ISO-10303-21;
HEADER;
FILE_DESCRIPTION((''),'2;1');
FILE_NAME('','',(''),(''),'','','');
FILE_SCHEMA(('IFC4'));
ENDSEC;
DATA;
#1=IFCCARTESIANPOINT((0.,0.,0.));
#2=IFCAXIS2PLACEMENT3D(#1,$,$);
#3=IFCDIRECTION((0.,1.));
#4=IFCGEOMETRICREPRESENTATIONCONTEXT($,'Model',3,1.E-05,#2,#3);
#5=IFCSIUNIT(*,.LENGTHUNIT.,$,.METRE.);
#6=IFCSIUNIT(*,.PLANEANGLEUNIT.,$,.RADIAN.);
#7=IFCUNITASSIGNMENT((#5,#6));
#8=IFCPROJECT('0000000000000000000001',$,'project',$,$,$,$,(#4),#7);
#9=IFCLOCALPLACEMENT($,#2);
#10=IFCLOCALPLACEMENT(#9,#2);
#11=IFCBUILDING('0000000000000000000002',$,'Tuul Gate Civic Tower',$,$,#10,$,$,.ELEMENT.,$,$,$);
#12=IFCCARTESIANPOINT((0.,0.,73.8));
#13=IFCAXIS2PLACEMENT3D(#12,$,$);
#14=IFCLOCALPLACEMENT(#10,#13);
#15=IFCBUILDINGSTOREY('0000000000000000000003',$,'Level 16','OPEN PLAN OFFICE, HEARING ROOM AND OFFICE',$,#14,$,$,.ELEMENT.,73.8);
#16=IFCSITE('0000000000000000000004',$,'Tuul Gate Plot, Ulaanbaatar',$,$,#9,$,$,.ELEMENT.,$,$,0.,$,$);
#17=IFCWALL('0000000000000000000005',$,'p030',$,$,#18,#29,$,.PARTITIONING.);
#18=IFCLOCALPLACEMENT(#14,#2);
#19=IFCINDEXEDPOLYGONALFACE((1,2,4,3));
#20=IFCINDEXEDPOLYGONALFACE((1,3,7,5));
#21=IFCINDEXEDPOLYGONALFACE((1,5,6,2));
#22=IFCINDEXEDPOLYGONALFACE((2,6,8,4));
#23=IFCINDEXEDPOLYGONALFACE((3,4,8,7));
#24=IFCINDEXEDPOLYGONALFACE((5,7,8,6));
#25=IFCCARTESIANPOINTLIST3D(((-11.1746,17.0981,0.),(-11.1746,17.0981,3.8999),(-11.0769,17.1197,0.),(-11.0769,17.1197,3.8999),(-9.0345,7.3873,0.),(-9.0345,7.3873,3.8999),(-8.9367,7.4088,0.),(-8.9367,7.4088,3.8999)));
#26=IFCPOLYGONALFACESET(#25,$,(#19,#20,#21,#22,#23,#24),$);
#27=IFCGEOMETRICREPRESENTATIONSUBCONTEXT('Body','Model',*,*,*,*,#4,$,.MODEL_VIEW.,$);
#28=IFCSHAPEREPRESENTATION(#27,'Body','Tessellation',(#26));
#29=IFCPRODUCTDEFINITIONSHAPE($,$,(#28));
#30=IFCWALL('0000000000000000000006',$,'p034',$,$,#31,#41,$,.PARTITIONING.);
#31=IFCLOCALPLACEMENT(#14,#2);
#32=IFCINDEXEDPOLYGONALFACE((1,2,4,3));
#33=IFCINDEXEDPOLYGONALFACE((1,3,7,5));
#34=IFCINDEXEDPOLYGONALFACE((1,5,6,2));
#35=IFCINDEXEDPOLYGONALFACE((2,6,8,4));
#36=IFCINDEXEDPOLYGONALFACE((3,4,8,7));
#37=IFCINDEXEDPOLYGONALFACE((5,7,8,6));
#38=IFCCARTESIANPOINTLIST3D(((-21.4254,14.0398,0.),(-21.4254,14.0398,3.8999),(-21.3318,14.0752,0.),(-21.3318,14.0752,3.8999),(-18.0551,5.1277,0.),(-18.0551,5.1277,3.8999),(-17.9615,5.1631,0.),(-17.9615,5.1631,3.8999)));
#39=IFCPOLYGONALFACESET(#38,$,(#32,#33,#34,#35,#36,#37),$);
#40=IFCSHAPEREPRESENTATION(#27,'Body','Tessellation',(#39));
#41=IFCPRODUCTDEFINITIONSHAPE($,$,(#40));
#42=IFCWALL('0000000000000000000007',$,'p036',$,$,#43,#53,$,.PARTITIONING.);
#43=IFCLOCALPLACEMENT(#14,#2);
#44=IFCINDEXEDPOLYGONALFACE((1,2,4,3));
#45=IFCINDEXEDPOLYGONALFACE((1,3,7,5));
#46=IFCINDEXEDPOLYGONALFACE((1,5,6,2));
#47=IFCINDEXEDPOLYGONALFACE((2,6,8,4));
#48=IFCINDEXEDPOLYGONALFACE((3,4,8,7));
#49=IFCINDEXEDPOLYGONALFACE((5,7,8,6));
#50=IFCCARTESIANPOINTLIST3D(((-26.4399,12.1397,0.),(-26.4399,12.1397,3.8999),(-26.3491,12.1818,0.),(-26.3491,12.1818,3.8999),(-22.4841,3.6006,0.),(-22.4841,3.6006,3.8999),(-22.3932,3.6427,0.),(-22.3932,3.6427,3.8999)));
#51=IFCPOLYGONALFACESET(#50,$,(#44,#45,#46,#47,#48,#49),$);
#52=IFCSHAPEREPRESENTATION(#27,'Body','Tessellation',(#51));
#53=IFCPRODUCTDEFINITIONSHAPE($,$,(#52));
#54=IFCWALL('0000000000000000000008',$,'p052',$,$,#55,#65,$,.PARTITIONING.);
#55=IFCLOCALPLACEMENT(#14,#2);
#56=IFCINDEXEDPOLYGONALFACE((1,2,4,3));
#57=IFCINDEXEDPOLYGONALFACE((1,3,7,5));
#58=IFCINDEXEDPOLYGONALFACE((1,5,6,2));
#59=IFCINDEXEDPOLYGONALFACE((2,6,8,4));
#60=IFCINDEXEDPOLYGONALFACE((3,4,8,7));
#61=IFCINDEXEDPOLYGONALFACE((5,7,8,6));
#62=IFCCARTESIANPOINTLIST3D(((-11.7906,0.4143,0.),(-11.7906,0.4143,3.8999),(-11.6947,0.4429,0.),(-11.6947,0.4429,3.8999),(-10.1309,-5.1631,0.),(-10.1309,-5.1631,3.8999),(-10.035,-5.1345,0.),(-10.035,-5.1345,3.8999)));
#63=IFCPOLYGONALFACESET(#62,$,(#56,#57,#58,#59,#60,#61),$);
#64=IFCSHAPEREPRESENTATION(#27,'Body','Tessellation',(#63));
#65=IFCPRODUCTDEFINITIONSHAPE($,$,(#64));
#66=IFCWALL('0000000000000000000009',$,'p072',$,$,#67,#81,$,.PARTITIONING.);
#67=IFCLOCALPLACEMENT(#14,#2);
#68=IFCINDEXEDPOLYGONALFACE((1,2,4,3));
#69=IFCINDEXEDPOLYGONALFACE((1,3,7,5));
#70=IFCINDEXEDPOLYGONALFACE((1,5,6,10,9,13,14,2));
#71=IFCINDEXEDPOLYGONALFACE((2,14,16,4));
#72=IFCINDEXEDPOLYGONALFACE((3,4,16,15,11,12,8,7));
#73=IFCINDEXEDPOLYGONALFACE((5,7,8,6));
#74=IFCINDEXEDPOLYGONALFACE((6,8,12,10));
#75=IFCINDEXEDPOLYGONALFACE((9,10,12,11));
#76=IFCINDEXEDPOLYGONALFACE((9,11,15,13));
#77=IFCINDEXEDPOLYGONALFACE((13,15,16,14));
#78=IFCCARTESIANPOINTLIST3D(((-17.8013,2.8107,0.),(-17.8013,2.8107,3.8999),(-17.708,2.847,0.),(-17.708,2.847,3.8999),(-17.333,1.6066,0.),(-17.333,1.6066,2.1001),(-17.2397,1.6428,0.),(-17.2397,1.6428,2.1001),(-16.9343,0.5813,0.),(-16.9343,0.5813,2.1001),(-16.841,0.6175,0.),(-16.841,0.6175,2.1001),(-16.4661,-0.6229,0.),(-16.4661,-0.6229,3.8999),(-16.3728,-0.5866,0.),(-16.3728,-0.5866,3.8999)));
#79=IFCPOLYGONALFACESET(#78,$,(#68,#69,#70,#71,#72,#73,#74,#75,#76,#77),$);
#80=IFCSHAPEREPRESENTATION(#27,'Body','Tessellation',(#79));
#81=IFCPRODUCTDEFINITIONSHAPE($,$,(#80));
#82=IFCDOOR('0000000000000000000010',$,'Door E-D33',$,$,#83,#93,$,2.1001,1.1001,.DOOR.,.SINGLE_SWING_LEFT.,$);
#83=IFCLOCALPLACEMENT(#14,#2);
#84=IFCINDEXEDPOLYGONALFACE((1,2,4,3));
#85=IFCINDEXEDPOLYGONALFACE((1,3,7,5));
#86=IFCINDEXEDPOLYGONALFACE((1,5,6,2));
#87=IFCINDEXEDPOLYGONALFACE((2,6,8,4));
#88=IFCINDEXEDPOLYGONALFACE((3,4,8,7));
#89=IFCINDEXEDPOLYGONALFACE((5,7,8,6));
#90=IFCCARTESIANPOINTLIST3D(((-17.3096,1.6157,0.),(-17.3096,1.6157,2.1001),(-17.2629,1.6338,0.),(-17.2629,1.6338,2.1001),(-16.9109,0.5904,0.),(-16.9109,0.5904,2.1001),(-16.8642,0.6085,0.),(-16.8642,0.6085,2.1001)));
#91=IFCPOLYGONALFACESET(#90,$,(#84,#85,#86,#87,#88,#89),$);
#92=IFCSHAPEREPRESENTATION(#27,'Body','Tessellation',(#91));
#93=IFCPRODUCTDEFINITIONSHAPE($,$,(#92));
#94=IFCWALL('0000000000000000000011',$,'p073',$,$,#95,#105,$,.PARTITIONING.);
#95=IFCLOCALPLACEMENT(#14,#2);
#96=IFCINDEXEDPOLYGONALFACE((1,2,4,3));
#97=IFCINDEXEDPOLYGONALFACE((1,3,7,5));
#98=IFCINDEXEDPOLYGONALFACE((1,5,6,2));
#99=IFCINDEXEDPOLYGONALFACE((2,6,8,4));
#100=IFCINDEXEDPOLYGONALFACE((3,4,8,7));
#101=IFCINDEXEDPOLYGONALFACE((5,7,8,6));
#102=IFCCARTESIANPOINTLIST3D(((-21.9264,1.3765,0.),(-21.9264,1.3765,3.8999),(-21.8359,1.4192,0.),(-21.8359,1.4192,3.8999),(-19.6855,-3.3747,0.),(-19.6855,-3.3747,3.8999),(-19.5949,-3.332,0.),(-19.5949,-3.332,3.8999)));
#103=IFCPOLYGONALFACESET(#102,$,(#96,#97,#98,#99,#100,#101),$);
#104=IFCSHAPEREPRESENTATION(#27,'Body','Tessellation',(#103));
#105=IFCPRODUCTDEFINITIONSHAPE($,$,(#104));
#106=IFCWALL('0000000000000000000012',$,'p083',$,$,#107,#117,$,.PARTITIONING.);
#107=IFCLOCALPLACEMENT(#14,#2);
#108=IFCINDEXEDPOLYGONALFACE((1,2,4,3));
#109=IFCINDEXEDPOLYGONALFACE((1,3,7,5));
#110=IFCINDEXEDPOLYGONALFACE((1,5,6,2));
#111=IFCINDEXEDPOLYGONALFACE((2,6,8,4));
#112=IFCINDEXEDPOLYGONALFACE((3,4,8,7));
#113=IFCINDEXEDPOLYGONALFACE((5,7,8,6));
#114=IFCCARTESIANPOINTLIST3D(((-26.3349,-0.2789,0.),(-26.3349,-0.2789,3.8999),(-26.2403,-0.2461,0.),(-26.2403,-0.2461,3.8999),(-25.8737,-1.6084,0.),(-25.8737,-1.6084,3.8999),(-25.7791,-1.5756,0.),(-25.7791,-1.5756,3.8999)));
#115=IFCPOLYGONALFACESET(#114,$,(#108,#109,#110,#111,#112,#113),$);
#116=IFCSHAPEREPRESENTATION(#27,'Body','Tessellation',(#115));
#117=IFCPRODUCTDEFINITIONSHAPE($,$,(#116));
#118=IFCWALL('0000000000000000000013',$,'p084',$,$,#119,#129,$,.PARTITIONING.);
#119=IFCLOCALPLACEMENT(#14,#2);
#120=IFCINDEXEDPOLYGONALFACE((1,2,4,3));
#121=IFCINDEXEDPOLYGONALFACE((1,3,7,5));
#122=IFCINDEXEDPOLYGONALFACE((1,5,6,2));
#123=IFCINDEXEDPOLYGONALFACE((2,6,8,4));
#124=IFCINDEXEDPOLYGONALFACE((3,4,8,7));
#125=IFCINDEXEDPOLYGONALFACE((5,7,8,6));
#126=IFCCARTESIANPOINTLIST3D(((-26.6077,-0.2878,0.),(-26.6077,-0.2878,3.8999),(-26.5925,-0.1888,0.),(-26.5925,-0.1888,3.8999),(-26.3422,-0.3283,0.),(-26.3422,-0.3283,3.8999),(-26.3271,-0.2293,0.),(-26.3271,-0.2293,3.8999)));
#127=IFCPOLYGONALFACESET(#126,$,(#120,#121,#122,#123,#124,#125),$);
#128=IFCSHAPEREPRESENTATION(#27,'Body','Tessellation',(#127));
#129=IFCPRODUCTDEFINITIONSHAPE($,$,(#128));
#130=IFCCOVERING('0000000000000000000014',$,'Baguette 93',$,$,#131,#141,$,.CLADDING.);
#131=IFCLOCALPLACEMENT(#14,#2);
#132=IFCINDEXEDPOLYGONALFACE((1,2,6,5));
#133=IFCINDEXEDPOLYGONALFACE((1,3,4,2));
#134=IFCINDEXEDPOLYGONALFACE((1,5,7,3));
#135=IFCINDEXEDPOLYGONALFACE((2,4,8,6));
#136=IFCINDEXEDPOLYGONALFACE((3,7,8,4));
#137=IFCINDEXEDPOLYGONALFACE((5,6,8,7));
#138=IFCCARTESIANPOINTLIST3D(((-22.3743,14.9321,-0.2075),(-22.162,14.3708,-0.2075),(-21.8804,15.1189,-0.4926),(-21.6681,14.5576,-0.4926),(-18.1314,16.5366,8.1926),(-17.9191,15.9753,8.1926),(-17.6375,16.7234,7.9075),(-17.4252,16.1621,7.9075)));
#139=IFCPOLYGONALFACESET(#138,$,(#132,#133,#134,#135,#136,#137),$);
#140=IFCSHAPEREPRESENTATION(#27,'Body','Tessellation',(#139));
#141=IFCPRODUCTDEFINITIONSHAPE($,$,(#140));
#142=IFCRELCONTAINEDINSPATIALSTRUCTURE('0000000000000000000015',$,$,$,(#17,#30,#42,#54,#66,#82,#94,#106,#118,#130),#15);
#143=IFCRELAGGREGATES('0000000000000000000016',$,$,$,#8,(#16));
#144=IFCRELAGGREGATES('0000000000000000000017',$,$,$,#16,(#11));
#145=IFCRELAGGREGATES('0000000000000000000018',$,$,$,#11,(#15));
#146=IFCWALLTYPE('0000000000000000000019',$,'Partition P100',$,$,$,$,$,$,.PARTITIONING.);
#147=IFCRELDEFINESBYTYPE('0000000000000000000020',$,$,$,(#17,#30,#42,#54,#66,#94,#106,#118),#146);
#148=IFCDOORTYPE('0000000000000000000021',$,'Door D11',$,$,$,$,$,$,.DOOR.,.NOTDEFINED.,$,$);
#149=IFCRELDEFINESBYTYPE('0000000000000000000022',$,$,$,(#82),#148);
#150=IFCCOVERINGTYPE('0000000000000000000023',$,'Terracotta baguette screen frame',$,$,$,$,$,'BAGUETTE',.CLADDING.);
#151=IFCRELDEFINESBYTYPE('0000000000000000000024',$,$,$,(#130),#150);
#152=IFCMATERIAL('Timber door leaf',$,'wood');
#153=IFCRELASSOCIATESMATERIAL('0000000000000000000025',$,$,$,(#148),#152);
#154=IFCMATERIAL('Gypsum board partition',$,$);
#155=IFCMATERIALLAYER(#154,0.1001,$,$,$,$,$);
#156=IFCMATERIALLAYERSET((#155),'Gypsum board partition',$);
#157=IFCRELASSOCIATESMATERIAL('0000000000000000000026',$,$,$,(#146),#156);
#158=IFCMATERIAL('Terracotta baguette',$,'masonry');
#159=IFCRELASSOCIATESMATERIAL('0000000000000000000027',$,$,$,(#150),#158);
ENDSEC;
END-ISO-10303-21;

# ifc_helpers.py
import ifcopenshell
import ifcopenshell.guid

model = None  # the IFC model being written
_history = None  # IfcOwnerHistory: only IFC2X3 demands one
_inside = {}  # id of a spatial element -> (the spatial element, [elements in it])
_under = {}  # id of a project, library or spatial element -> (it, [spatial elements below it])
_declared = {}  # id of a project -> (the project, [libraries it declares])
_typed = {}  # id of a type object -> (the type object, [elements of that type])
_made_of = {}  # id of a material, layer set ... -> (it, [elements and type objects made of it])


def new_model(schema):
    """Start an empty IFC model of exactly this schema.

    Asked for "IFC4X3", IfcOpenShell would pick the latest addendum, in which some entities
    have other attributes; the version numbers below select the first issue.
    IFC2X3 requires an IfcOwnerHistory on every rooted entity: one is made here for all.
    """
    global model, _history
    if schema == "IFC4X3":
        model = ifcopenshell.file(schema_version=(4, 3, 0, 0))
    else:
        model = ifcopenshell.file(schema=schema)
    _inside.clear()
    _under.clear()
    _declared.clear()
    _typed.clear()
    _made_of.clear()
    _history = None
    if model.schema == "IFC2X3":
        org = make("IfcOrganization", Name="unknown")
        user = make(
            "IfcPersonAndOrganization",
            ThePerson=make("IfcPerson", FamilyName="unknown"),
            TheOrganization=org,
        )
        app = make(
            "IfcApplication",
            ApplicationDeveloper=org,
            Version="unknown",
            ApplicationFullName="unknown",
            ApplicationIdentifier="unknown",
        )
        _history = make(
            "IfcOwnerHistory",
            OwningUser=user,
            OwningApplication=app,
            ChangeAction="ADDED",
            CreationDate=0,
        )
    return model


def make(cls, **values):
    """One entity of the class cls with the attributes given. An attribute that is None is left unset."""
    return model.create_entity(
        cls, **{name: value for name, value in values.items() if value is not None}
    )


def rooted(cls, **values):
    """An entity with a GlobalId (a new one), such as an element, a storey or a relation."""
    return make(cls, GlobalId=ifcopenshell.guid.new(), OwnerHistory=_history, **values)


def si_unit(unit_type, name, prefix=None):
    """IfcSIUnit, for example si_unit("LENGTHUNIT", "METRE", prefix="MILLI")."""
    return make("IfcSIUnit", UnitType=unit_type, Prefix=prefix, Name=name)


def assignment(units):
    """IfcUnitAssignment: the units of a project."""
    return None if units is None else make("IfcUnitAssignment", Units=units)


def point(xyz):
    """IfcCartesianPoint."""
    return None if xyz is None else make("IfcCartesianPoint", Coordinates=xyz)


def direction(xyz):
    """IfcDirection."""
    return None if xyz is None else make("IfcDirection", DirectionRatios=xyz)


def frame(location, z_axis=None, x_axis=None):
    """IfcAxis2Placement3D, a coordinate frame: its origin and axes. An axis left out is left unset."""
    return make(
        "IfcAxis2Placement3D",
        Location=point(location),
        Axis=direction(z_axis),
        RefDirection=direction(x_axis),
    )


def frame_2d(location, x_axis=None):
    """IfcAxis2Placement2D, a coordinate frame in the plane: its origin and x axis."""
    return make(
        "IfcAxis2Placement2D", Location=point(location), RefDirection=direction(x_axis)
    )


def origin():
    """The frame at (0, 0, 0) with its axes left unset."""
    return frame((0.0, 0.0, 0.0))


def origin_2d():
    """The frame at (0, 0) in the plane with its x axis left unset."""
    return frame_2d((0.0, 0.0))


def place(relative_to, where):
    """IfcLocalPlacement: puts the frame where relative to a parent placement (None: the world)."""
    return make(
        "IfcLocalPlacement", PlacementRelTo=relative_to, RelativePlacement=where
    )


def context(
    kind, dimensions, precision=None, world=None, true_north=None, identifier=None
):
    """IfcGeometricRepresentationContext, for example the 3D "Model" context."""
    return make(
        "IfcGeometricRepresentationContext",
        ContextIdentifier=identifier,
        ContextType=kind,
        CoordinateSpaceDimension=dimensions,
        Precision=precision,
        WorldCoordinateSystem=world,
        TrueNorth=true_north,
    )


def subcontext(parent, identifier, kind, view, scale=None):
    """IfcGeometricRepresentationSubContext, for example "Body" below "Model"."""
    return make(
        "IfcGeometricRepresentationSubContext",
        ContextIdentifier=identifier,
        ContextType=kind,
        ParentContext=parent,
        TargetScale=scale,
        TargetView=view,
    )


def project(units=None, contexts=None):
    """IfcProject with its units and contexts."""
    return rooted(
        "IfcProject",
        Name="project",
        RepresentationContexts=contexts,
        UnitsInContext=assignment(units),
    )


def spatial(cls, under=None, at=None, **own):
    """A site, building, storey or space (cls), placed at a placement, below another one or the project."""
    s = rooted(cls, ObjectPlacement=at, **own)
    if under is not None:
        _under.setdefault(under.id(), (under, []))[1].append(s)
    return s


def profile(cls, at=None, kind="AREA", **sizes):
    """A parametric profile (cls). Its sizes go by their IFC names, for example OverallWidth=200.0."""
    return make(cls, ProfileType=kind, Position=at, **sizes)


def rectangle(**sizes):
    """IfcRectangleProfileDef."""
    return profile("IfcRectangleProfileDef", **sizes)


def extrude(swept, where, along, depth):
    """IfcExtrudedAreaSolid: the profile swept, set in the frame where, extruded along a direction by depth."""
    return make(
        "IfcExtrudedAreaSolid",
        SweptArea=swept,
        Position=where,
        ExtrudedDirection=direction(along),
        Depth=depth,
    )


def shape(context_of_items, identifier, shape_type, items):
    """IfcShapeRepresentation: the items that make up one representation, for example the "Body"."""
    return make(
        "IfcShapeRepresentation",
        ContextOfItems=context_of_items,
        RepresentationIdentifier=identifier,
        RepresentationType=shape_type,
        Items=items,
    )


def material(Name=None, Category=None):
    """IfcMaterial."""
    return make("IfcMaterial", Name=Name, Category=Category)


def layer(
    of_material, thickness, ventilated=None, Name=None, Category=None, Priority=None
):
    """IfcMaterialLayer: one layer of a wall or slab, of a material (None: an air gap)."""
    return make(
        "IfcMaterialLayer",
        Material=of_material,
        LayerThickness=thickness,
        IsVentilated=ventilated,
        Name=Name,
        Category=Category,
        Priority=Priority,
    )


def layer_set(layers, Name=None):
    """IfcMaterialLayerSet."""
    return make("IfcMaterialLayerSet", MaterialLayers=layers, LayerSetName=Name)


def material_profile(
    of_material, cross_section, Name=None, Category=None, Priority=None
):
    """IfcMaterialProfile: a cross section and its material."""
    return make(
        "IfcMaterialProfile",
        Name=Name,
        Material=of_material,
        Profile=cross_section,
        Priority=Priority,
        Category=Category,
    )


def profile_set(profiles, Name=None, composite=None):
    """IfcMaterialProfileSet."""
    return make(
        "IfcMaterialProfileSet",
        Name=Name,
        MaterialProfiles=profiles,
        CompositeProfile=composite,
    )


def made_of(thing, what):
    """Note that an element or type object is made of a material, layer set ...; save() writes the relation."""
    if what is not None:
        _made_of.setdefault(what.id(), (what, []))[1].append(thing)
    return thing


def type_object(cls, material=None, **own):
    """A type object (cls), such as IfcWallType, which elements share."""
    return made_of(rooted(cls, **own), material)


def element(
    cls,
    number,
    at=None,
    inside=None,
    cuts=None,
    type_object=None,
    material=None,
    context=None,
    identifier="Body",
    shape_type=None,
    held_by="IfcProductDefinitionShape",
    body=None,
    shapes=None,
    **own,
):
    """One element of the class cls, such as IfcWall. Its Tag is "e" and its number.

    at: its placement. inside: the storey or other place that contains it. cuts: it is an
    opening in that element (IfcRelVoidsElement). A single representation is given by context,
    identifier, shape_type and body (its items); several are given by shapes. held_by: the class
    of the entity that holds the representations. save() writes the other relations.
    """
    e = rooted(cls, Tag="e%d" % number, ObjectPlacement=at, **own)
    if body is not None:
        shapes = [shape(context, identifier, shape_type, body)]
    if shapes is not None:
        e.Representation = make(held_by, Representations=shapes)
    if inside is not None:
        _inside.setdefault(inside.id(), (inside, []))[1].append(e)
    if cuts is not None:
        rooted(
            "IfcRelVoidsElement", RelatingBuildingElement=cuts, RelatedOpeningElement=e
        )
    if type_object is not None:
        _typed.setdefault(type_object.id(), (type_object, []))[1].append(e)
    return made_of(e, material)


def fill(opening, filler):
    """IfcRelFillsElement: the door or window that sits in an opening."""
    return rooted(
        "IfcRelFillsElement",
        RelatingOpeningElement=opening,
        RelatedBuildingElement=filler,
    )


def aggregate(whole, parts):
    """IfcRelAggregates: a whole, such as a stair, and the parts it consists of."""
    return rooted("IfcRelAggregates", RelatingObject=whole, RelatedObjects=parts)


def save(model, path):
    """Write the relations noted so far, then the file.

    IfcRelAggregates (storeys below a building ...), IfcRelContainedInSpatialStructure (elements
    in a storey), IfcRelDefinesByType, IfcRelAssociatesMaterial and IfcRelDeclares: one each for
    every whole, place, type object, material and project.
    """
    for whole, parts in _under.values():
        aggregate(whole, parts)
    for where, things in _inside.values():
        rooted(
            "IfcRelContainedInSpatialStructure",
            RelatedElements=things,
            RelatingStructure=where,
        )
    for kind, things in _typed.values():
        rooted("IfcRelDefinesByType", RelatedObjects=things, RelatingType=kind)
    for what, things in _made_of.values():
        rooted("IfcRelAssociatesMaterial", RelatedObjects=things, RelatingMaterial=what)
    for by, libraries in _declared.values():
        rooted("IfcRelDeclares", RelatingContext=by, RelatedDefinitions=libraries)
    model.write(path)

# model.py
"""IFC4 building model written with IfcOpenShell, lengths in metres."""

from ifc_helpers import new_model, si_unit, direction, frame, frame_2d, origin, origin_2d, place, context, subcontext, project, spatial, rectangle, extrude, material, layer, layer_set, material_profile, profile_set, type_object, element, fill, save


model = new_model("IFC4")

# Units and contexts
model_context = context("Model", 3, precision=1e-05, world=origin(), true_north=direction((0.0, 1.0)))
body_context = subcontext(model_context, "Body", "Model", "MODEL_VIEW")
ifc_project = project(units=[si_unit("LENGTHUNIT", "METRE"), si_unit("PLANEANGLEUNIT", "RADIAN")], contexts=[model_context])

# Site, building, storey
site_placement = place(None, origin())
site = spatial("IfcSite", under=ifc_project, at=site_placement, Name="Tuul Gate Plot, Ulaanbaatar", CompositionType="ELEMENT", RefElevation=0.0)
building_placement = place(site_placement, origin())
building = spatial("IfcBuilding", under=site, at=building_placement, Name="Tuul Gate Civic Tower", CompositionType="ELEMENT")
storey_placement = place(building_placement, frame((0.0, 0.0, 73.8)))
storey = spatial("IfcBuildingStorey", under=building, at=storey_placement, Name="Level 16", Description="OPEN PLAN OFFICE, HEARING ROOM AND OFFICE", CompositionType="ELEMENT", Elevation=73.8)

# Shared definitions
ifc_material_1 = material(Name="Timber door leaf", Category="wood")
door_type_1 = type_object("IfcDoorType", Name="Door D11", OperationType="NOTDEFINED", PredefinedType="DOOR", material=ifc_material_1)

# Walls
ifc_material_2 = material(Name="Gypsum board partition")
ifc_layer_1 = layer(ifc_material_2, 0.1001)
ifc_layer_set_1 = layer_set([ifc_layer_1], Name="Gypsum board partition")
wall_type_1 = type_object("IfcWallType", Name="Partition P100", PredefinedType="PARTITIONING", material=ifc_layer_set_1)
wall_1_placement = place(storey_placement, frame((-11.1257, 17.1089, 0.0), z_axis=(0.0, 0.0, 1.0), x_axis=(0.21522, -0.976566, 0.0)))
element("IfcWall", 1, at=wall_1_placement, inside=storey, type_object=wall_type_1, Name="p030", PredefinedType="PARTITIONING", context=body_context, shape_type="SweptSolid", body=[
    extrude(rectangle(XDim=9.9438, YDim=0.1001, at=frame_2d((4.9719, 0.0))), origin(), (0.0, 0.0, 1.0), 3.8999),
])
wall_2_placement = place(storey_placement, frame((-21.3787, 14.0576, 0.0), z_axis=(0.0, 0.0, 1.0), x_axis=(0.353728, -0.935348, 0.0)))
element("IfcWall", 2, at=wall_2_placement, inside=storey, type_object=wall_type_1, Name="p034", PredefinedType="PARTITIONING", context=body_context, shape_type="SweptSolid", body=[
    extrude(rectangle(XDim=9.5281, YDim=0.1001, at=frame_2d((4.7642, 0.0))), origin(), (0.0, 0.0, 1.0), 3.8999),
])
wall_3_placement = place(storey_placement, frame((-26.3945, 12.1609, 0.0), z_axis=(0.0, 0.0, 1.0), x_axis=(0.420346, -0.907364, 0.0)))
element("IfcWall", 3, at=wall_3_placement, inside=storey, type_object=wall_type_1, Name="p036", PredefinedType="PARTITIONING", context=body_context, shape_type="SweptSolid", body=[
    extrude(rectangle(XDim=9.4109, YDim=0.1001, at=frame_2d((4.7056, 0.0))), origin(), (0.0, 0.0, 1.0), 3.8999),
])
wall_4_placement = place(storey_placement, frame((-11.7427, 0.4287, 0.0), z_axis=(0.0, 0.0, 1.0), x_axis=(0.285211, -0.958465, 0.0)))
element("IfcWall", 4, at=wall_4_placement, inside=storey, type_object=wall_type_1, Name="p052", PredefinedType="PARTITIONING", context=body_context, shape_type="SweptSolid", body=[
    extrude(rectangle(XDim=5.8191, YDim=0.1001, at=frame_2d((2.9097, 0.0))), origin(), (0.0, 0.0, 1.0), 3.8999),
])

# Wall, opening, door
wall_5_placement = place(storey_placement, frame((-17.7546, 2.8289, 0.0), z_axis=(0.0, 0.0, 1.0), x_axis=(0.362427, -0.932012, 0.0)))
wall_5 = element("IfcWall", 5, at=wall_5_placement, inside=storey, type_object=wall_type_1, Name="p072", PredefinedType="PARTITIONING", context=body_context, shape_type="SweptSolid", body=[
    extrude(rectangle(XDim=3.6841, YDim=0.1001, at=frame_2d((1.842, 0.0))), origin(), (0.0, 0.0, 1.0), 3.8999),
])
opening_1_placement = place(wall_5_placement, frame((1.292, 0.0, 0.0)))
opening_1 = element("IfcOpeningElement", 6, at=opening_1_placement, cuts=wall_5, PredefinedType="OPENING", context=body_context, shape_type="SweptSolid", body=[
    extrude(rectangle(XDim=1.1001, YDim=2.1001, at=frame_2d((0.55, 1.05))), frame((0.0, 0.0601, 0.0), z_axis=(0.0, -1.0, 0.0), x_axis=(1.0, 0.0, 0.0)), (0.0, 0.0, 1.0), 0.1201),
])
door_1_placement = place(opening_1_placement, frame((1.1001, 0.0, 0.0), z_axis=(0.0, 0.0, 1.0), x_axis=(-1.0, 0.0, 0.0)))
door_1 = element("IfcDoor", 7, at=door_1_placement, inside=storey, type_object=door_type_1, Name="Door E-D33", OperationType="SINGLE_SWING_LEFT", OverallHeight=2.1001, OverallWidth=1.1001, PredefinedType="DOOR", context=body_context, shape_type="SweptSolid", body=[
    extrude(rectangle(XDim=1.1001, YDim=2.1001, at=frame_2d((0.55, 1.05))), frame((0.0, 0.0249, 0.0), z_axis=(0.0, -1.0, 0.0), x_axis=(1.0, 0.0, 0.0)), (0.0, 0.0, 1.0), 0.05),
])
fill(opening_1, door_1)

# Walls
wall_6_placement = place(storey_placement, frame((-21.8811, 1.3977, 0.0), z_axis=(0.0, 0.0, 1.0), x_axis=(0.426591, -0.904444, 0.0)))
element("IfcWall", 8, at=wall_6_placement, inside=storey, type_object=wall_type_1, Name="p073", PredefinedType="PARTITIONING", context=body_context, shape_type="SweptSolid", body=[
    extrude(rectangle(XDim=5.2532, YDim=0.1001, at=frame_2d((2.6265, 0.0))), origin(), (0.0, 0.0, 1.0), 3.8999),
])
wall_7_placement = place(storey_placement, frame((-25.8264, -1.592, 0.0), z_axis=(0.0, 0.0, 1.0), x_axis=(-0.327706, 0.94478, 0.0)))
element("IfcWall", 9, at=wall_7_placement, inside=storey, type_object=wall_type_1, Name="p083", PredefinedType="PARTITIONING", context=body_context, shape_type="SweptSolid", body=[
    extrude(rectangle(XDim=1.4072, YDim=0.1001, at=frame_2d((0.7036, 0.0))), origin(), (0.0, 0.0, 1.0), 3.8999),
])
wall_8_placement = place(storey_placement, frame((-26.6001, -0.2383, 0.0), z_axis=(0.0, 0.0, 1.0), x_axis=(0.988539, -0.150964, 0.0)))
element("IfcWall", 10, at=wall_8_placement, inside=storey, type_object=wall_type_1, Name="p084", PredefinedType="PARTITIONING", context=body_context, shape_type="SweptSolid", body=[
    extrude(rectangle(XDim=0.2686, YDim=0.1001, at=frame_2d((0.1343, 0.0))), origin(), (0.0, 0.0, 1.0), 3.8999),
])

# Covering
ifc_material_3 = material(Name="Terracotta baguette", Category="masonry")
ifc_material_profile_1 = material_profile(ifc_material_3, rectangle(XDim=0.6001, YDim=0.6001, at=origin_2d()), Name="Terracotta baguette screen frame")
ifc_profile_set_1 = profile_set([ifc_material_profile_1], Name="Terracotta baguette")
covering_type = type_object("IfcCoveringType", Name="Terracotta baguette screen frame", ElementType="BAGUETTE", PredefinedType="CLADDING", material=ifc_profile_set_1)
covering_placement = place(storey_placement, frame((-17.7783, 16.3494, 8.05), z_axis=(-0.444439, -0.168068, -0.879902), x_axis=(0.353711, -0.935355, 0.0)))
element("IfcCovering", 11, at=covering_placement, inside=storey, type_object=covering_type, Name="Baguette 93", PredefinedType="CLADDING", context=body_context, shape_type="SweptSolid", body=[
    extrude(rectangle(XDim=0.6001, YDim=0.6001, at=origin_2d()), origin(), (0.0, 0.0, 1.0), 9.5466),
])

save(model, "model.ifc")
